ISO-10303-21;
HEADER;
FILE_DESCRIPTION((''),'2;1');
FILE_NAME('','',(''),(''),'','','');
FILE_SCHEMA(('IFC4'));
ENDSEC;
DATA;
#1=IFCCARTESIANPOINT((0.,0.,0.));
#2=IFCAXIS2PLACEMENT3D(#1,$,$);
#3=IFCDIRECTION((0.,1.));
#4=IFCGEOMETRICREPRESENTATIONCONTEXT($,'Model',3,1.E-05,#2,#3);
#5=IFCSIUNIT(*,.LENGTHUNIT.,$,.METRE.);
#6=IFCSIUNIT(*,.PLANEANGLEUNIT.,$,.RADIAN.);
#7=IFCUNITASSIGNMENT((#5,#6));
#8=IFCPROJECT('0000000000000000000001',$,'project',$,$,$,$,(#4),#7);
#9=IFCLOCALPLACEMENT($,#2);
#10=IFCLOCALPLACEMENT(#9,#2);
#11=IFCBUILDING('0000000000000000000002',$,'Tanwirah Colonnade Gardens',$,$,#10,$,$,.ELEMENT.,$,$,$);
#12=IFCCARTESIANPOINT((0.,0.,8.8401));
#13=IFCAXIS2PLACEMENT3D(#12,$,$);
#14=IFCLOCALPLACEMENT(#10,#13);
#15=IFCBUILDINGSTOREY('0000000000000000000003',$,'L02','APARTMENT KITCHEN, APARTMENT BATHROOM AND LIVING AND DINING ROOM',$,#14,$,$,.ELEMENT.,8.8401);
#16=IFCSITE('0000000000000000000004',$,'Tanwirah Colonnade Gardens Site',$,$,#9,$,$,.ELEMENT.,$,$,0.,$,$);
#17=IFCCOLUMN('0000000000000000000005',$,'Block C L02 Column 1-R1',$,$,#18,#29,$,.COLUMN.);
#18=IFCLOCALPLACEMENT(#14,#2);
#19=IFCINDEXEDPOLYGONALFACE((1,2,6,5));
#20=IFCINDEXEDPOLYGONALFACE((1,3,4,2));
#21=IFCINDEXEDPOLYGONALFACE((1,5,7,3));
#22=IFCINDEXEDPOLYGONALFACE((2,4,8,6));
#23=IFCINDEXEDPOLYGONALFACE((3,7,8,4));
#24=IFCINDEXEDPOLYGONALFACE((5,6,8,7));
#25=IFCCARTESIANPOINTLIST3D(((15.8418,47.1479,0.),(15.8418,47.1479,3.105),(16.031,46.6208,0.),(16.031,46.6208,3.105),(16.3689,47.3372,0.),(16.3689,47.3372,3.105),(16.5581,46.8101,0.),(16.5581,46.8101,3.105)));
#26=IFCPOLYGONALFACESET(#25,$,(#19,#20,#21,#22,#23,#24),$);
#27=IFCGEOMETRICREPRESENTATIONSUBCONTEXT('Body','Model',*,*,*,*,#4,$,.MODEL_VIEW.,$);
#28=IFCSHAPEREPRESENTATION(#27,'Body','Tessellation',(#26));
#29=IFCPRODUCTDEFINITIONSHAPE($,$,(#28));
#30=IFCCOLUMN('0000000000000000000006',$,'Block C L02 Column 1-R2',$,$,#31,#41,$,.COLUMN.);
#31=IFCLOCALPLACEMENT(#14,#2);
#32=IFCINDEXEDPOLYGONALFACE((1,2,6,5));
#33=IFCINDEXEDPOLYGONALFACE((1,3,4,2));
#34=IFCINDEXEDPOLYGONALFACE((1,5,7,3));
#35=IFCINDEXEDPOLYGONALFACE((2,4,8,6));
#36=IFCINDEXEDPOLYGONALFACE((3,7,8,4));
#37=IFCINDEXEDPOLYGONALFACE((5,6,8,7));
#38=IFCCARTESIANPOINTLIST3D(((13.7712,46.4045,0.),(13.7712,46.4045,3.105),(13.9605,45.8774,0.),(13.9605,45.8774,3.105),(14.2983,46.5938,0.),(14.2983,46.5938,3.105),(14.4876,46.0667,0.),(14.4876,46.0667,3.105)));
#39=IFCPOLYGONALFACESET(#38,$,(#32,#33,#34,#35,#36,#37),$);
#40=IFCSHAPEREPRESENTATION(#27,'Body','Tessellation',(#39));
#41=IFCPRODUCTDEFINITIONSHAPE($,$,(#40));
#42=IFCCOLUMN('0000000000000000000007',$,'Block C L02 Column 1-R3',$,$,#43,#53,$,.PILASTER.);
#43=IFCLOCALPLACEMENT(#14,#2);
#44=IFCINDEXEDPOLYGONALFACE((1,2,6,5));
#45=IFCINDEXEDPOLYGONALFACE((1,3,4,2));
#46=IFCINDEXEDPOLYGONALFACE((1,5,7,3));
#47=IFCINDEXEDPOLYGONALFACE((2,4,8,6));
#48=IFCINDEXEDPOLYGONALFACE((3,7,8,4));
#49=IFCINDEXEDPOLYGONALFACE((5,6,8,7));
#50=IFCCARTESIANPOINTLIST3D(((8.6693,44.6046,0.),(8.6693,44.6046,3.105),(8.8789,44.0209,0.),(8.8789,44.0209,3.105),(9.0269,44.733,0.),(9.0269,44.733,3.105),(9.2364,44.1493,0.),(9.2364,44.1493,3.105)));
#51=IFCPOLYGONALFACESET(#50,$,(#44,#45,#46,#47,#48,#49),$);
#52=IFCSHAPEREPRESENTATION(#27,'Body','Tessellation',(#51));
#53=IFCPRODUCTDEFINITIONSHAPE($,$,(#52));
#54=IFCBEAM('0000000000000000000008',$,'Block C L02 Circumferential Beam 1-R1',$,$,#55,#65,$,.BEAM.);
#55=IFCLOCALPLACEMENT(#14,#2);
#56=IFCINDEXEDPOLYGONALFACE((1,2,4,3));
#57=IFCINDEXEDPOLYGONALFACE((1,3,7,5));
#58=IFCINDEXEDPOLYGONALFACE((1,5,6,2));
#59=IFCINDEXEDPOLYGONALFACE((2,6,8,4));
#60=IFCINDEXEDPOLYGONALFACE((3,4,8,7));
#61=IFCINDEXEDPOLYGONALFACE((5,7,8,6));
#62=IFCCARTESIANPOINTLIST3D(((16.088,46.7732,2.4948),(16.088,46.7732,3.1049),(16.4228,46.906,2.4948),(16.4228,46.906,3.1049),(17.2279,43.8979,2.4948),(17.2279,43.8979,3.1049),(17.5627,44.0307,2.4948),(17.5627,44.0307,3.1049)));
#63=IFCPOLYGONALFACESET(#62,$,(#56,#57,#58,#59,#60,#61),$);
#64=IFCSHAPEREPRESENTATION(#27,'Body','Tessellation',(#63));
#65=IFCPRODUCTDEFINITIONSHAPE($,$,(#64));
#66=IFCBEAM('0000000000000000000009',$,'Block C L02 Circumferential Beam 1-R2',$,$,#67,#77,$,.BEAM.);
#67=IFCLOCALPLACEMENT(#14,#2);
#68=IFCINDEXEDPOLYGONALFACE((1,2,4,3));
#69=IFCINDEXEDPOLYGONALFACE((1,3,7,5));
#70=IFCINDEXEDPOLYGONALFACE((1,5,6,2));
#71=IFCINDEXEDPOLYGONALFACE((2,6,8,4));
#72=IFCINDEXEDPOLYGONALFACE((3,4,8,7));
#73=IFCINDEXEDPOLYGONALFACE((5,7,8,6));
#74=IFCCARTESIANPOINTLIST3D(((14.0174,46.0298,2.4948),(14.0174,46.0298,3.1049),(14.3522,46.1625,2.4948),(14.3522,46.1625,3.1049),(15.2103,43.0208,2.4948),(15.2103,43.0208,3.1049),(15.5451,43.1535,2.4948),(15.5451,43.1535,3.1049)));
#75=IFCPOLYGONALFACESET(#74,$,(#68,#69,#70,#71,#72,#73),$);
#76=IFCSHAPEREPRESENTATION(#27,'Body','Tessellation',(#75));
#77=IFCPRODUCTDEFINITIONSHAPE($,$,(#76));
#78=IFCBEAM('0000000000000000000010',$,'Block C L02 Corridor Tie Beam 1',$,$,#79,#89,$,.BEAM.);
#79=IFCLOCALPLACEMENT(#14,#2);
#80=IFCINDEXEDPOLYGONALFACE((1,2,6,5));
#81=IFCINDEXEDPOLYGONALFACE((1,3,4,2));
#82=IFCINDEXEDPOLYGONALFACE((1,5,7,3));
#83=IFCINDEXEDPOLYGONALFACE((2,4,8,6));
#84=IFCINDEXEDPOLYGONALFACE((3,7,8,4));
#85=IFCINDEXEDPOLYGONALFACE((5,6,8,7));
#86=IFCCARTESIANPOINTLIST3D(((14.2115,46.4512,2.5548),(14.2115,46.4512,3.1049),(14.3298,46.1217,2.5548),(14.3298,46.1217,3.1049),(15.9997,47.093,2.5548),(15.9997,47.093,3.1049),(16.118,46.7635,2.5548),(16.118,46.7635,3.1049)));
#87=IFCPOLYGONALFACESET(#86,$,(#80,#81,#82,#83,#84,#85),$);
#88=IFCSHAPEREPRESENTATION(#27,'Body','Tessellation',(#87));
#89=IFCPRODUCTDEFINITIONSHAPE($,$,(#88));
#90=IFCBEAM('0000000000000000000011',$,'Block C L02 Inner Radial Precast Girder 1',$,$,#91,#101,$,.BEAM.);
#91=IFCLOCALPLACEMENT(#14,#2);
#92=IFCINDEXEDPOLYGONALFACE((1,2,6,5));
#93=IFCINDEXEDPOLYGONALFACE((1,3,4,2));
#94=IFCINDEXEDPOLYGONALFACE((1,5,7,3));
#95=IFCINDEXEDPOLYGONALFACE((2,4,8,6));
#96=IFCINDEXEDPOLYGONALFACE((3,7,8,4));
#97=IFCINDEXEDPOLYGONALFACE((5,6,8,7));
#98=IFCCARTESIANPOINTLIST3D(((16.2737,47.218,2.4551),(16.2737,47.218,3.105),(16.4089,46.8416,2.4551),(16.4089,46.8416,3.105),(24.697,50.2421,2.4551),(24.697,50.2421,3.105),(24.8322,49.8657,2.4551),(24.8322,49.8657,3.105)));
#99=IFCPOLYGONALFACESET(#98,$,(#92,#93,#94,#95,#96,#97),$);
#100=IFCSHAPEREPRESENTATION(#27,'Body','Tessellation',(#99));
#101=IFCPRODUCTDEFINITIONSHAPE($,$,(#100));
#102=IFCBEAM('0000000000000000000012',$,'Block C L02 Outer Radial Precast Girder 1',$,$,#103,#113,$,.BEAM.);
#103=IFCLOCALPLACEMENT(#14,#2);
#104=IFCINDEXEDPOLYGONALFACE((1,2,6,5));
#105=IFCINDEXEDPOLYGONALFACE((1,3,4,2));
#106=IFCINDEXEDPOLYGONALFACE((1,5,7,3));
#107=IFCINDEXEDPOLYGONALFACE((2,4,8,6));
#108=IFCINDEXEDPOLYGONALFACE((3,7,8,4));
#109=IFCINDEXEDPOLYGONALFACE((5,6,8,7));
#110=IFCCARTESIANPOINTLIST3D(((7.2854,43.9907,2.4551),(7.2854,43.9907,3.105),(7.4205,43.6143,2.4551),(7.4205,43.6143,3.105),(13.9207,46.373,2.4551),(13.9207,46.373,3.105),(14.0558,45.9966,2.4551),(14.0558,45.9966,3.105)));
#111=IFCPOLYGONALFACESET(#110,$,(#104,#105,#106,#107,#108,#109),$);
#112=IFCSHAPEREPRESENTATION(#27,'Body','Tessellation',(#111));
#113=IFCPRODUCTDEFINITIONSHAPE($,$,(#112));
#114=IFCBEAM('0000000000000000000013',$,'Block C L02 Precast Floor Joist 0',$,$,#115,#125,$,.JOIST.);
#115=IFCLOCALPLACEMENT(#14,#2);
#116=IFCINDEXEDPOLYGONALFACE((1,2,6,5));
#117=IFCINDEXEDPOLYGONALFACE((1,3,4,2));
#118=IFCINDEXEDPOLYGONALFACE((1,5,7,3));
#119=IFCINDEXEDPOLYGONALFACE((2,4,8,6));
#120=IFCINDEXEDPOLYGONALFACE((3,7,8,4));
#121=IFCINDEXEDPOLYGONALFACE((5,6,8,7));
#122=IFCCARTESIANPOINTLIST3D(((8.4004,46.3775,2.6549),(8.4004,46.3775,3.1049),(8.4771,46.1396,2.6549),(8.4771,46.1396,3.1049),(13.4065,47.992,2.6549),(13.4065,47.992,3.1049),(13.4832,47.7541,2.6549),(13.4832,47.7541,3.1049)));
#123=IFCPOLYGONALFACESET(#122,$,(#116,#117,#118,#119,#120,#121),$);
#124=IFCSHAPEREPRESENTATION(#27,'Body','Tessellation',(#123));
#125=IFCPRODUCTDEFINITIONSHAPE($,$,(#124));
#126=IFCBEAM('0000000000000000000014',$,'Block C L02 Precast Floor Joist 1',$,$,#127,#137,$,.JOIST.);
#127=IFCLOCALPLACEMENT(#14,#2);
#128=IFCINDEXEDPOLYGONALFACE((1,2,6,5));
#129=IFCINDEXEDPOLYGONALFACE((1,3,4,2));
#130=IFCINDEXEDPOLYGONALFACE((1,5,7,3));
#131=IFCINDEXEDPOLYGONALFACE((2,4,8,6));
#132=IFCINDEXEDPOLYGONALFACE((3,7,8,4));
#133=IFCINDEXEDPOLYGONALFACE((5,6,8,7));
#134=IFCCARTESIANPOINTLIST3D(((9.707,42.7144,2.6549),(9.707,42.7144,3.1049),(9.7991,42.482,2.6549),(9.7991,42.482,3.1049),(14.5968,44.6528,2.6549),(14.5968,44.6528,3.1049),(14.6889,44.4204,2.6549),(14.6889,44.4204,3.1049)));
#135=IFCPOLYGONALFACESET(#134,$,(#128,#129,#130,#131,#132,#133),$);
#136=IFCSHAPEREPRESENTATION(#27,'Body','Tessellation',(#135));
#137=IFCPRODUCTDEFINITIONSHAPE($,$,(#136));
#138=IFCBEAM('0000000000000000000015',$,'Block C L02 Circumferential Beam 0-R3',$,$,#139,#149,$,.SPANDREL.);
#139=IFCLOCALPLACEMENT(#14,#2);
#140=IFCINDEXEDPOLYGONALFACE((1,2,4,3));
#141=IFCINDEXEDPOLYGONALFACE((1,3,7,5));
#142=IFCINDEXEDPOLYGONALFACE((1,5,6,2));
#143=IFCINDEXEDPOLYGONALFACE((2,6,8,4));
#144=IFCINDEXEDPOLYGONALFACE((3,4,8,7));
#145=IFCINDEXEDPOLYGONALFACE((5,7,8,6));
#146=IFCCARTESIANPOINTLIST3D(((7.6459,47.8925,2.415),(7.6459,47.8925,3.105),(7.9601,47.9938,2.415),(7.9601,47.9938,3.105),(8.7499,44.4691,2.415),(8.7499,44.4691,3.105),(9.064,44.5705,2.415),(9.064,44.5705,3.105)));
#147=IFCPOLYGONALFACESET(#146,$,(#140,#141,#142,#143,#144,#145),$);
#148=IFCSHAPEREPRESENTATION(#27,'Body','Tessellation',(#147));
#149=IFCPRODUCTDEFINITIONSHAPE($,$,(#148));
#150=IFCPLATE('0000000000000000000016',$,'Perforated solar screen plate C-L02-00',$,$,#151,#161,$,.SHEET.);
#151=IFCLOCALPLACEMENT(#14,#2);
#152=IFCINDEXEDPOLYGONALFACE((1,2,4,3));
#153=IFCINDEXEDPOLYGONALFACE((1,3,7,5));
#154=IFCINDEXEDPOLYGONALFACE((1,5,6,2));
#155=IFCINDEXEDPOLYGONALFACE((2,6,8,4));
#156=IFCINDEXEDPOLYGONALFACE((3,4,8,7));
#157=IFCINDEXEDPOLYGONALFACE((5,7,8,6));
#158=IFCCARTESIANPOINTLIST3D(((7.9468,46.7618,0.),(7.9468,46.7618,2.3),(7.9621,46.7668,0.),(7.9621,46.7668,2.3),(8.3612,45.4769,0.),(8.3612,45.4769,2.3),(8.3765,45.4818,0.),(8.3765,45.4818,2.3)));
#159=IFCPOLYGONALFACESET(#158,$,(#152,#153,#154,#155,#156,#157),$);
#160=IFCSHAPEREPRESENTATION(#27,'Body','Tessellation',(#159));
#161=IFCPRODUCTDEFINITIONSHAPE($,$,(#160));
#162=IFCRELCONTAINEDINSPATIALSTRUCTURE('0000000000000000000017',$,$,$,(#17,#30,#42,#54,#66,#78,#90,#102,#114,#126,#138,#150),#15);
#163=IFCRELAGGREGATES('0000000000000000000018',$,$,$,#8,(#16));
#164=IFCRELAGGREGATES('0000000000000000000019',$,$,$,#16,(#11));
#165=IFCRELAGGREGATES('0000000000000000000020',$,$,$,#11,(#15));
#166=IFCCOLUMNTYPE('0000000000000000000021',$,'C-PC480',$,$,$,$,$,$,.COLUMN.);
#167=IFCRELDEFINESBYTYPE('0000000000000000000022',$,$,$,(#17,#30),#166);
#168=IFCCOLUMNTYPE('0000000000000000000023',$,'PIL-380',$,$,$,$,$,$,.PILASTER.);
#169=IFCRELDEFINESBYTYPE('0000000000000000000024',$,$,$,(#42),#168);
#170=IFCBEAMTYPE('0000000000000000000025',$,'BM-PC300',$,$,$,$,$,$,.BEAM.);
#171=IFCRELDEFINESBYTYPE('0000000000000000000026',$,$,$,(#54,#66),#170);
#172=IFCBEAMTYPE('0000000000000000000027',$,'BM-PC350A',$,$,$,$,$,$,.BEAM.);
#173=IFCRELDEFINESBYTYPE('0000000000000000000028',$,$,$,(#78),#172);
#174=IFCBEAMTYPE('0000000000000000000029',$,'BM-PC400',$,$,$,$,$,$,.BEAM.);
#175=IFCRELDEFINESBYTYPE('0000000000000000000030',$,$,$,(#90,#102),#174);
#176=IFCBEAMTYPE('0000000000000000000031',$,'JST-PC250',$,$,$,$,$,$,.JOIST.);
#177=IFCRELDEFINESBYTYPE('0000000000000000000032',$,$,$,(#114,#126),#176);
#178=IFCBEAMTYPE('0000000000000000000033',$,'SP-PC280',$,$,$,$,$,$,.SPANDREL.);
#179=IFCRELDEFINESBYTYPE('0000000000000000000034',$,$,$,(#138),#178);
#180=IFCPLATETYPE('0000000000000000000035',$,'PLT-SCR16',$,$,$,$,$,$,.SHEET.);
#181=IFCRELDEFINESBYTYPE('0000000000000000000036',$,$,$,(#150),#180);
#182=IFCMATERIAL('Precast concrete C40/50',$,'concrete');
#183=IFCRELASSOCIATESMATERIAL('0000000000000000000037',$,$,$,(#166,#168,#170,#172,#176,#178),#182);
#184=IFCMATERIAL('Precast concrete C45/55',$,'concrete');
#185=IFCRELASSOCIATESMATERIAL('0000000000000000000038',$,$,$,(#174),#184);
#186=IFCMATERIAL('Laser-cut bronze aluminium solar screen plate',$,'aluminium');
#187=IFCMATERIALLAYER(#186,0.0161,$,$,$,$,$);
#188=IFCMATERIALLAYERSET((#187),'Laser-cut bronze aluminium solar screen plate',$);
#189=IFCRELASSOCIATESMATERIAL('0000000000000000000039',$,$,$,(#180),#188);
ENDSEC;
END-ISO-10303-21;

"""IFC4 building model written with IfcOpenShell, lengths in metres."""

from ifc_helpers import new_model, si_unit, direction, frame, origin, origin_2d, place, context, subcontext, project, spatial, rectangle, extrude, material, layer, layer_set, material_profile, profile_set, type_object, element, save


model = new_model("IFC4")

# Units and contexts
model_context = context("Model", 3, precision=1e-05, world=origin(), true_north=direction((0.0, 1.0)))
body_context = subcontext(model_context, "Body", "Model", "MODEL_VIEW")
ifc_project = project(units=[si_unit("LENGTHUNIT", "METRE"), si_unit("PLANEANGLEUNIT", "RADIAN")], contexts=[model_context])

# Site, building, storey
site_placement = place(None, origin())
site = spatial("IfcSite", under=ifc_project, at=site_placement, Name="Tanwirah Colonnade Gardens Site", CompositionType="ELEMENT", RefElevation=0.0)
building_placement = place(site_placement, origin())
building = spatial("IfcBuilding", under=site, at=building_placement, Name="Tanwirah Colonnade Gardens", CompositionType="ELEMENT")
storey_placement = place(building_placement, frame((0.0, 0.0, 8.8401)))
storey = spatial("IfcBuildingStorey", under=building, at=storey_placement, Name="L02", Description="APARTMENT KITCHEN, APARTMENT BATHROOM AND LIVING AND DINING ROOM", CompositionType="ELEMENT", Elevation=8.8401)

# Columns
ifc_material_1 = material(Name="Precast concrete C40/50", Category="concrete")
ifc_material_profile_1 = material_profile(ifc_material_1, rectangle(XDim=0.5601, YDim=0.5601, at=origin_2d()), Name="PC-COL 560x560")
ifc_profile_set_1 = profile_set([ifc_material_profile_1], Name="Precast concrete C40/50")
column_type_1 = type_object("IfcColumnType", Name="C-PC480", PredefinedType="COLUMN", material=ifc_profile_set_1)
for number, where, z_axis, x_axis, name in (
    (1, (16.2, 46.979, 0.0), (0.0, 0.0, 1.0), (-0.941176, -0.337917, 0.0), "Block C L02 Column 1-R1"),
    (2, (14.1294, 46.2356, 0.0), (0.0, 0.0, 1.0), (-0.941176, -0.337917, 0.0), "Block C L02 Column 1-R2"),
):
    element("IfcColumn", number, at=place(storey_placement, frame(where, z_axis=z_axis, x_axis=x_axis)), inside=storey, type_object=column_type_1, Name=name, PredefinedType="COLUMN", context=body_context, shape_type="SweptSolid", body=[
        extrude(rectangle(XDim=0.5601, YDim=0.5601, at=origin_2d()), origin(), (0.0, 0.0, 1.0), 3.105),
    ])
ifc_material_profile_2 = material_profile(ifc_material_1, rectangle(XDim=0.3799, YDim=0.6201, at=origin_2d()), Name="PC-PIL 380x620")
ifc_profile_set_2 = profile_set([ifc_material_profile_2], Name="Precast concrete C40/50")
column_type_2 = type_object("IfcColumnType", Name="PIL-380", PredefinedType="PILASTER", material=ifc_profile_set_2)
column_placement = place(storey_placement, frame((8.9529, 44.377, 0.0), z_axis=(0.0, 0.0, 1.0), x_axis=(-0.941176, -0.337917, 0.0)))
element("IfcColumn", 3, at=column_placement, inside=storey, type_object=column_type_2, Name="Block C L02 Column 1-R3", PredefinedType="PILASTER", context=body_context, shape_type="SweptSolid", body=[
    extrude(rectangle(XDim=0.3799, YDim=0.6201, at=origin_2d()), origin(), (0.0, 0.0, 1.0), 3.105),
])

# Beams
ifc_material_profile_3 = material_profile(ifc_material_1, rectangle(XDim=0.3601, YDim=0.6101, at=origin_2d()), Name="PC-BM 360x610")
ifc_profile_set_3 = profile_set([ifc_material_profile_3], Name="Precast concrete C40/50")
beam_type_1 = type_object("IfcBeamType", Name="BM-PC300", PredefinedType="BEAM", material=ifc_profile_set_3)
beam_1_placement = place(storey_placement, frame((16.2554, 46.8396, 2.7998), z_axis=(0.368545, -0.92961, 0.0), x_axis=(0.92961, 0.368545, 0.0)))
element("IfcBeam", 4, at=beam_1_placement, inside=storey, type_object=beam_type_1, Name="Block C L02 Circumferential Beam 1-R1", PredefinedType="BEAM", context=body_context, shape_type="SweptSolid", body=[
    extrude(rectangle(XDim=0.3601, YDim=0.6101, at=origin_2d()), origin(), (0.0, 0.0, 1.0), 3.093),
])
beam_2_placement = place(storey_placement, frame((14.1848, 46.0962, 2.7998), z_axis=(0.368528, -0.929617, 0.0), x_axis=(0.929617, 0.368528, 0.0)))
element("IfcBeam", 5, at=beam_2_placement, inside=storey, type_object=beam_type_1, Name="Block C L02 Circumferential Beam 1-R2", PredefinedType="BEAM", context=body_context, shape_type="SweptSolid", body=[
    extrude(rectangle(XDim=0.3601, YDim=0.6101, at=origin_2d()), origin(), (0.0, 0.0, 1.0), 3.2368),
])
ifc_material_profile_4 = material_profile(ifc_material_1, rectangle(XDim=0.3501, YDim=0.55, at=origin_2d()), Name="PC-BM 350x550")
ifc_profile_set_4 = profile_set([ifc_material_profile_4], Name="Precast concrete C40/50")
beam_type_2 = type_object("IfcBeamType", Name="BM-PC350A", PredefinedType="BEAM", material=ifc_profile_set_4)
beam_3_placement = place(storey_placement, frame((16.0588, 46.9282, 2.8298), z_axis=(-0.941215, -0.337809, 0.0), x_axis=(0.337809, -0.941215, 0.0)))
element("IfcBeam", 6, at=beam_3_placement, inside=storey, type_object=beam_type_2, Name="Block C L02 Corridor Tie Beam 1", PredefinedType="BEAM", context=body_context, shape_type="SweptSolid", body=[
    extrude(rectangle(XDim=0.3501, YDim=0.55, at=origin_2d()), origin(), (0.0, 0.0, 1.0), 1.8999),
])
ifc_material_2 = material(Name="Precast concrete C45/55", Category="concrete")
ifc_material_profile_5 = material_profile(ifc_material_2, rectangle(XDim=0.3999, YDim=0.6499, at=origin_2d()), Name="PC-BM 400x650")
ifc_profile_set_5 = profile_set([ifc_material_profile_5], Name="Precast concrete C45/55")
beam_type_3 = type_object("IfcBeamType", Name="BM-PC400", PredefinedType="BEAM", material=ifc_profile_set_5)
beam_4_placement = place(storey_placement, frame((16.3413, 47.0298, 2.78), z_axis=(0.94118, 0.337905, 0.0), x_axis=(-0.337905, 0.94118, 0.0)))
element("IfcBeam", 7, at=beam_4_placement, inside=storey, type_object=beam_type_3, Name="Block C L02 Inner Radial Precast Girder 1", PredefinedType="BEAM", context=body_context, shape_type="SweptSolid", body=[
    extrude(rectangle(XDim=0.3999, YDim=0.6499, at=origin_2d()), origin(), (0.0, 0.0, 1.0), 8.9497),
])
beam_5_placement = place(storey_placement, frame((13.9883, 46.1848, 2.78), z_axis=(-0.941175, -0.33792, 0.0), x_axis=(0.33792, -0.941175, 0.0)))
element("IfcBeam", 8, at=beam_5_placement, inside=storey, type_object=beam_type_3, Name="Block C L02 Outer Radial Precast Girder 1", PredefinedType="BEAM", context=body_context, shape_type="SweptSolid", body=[
    extrude(rectangle(XDim=0.3999, YDim=0.6499, at=origin_2d()), origin(), (0.0, 0.0, 1.0), 7.05),
])
ifc_material_profile_6 = material_profile(ifc_material_1, rectangle(XDim=0.25, YDim=0.45, at=origin_2d()), Name="PC-JST 250x450")
ifc_profile_set_6 = profile_set([ifc_material_profile_6], Name="Precast concrete C40/50")
beam_type_4 = type_object("IfcBeamType", Name="JST-PC250", PredefinedType="JOIST", material=ifc_profile_set_6)
for number, where, z_axis, x_axis, name in (
    (9, (13.4448, 47.873, 2.8799), (-0.951729, -0.306939, 0.0), (0.306939, -0.951729, 0.0), "Block C L02 Precast Floor Joist 0"),
    (10, (14.6428, 44.5366, 2.8799), (-0.929618, -0.368524, 0.0), (0.368524, -0.929618, 0.0), "Block C L02 Precast Floor Joist 1"),
):
    element("IfcBeam", number, at=place(storey_placement, frame(where, z_axis=z_axis, x_axis=x_axis)), inside=storey, type_object=beam_type_4, Name=name, PredefinedType="JOIST", context=body_context, shape_type="SweptSolid", body=[
        extrude(rectangle(XDim=0.25, YDim=0.45, at=origin_2d()), origin(), (0.0, 0.0, 1.0), 5.26),
    ])
ifc_material_profile_7 = material_profile(ifc_material_1, rectangle(XDim=0.3301, YDim=0.6899, at=origin_2d()), Name="PC-SP 330x690")
ifc_profile_set_7 = profile_set([ifc_material_profile_7], Name="Precast concrete C40/50")
beam_type_5 = type_object("IfcBeamType", Name="SP-PC280", PredefinedType="SPANDREL", material=ifc_profile_set_7)
beam_6_placement = place(storey_placement, frame((7.803, 47.9431, 2.76), z_axis=(0.306927, -0.951733, 0.0), x_axis=(0.951733, 0.306927, 0.0)))
element("IfcBeam", 11, at=beam_6_placement, inside=storey, type_object=beam_type_5, Name="Block C L02 Circumferential Beam 0-R3", PredefinedType="SPANDREL", context=body_context, shape_type="SweptSolid", body=[
    extrude(rectangle(XDim=0.3301, YDim=0.6899, at=origin_2d()), origin(), (0.0, 0.0, 1.0), 3.5969),
])

# Plate
ifc_material_3 = material(Name="Laser-cut bronze aluminium solar screen plate", Category="aluminium")
ifc_layer_1 = layer(ifc_material_3, 0.0161)
ifc_layer_set_1 = layer_set([ifc_layer_1], Name="Laser-cut bronze aluminium solar screen plate")
plate_type = type_object("IfcPlateType", Name="PLT-SCR16", PredefinedType="SHEET", material=ifc_layer_set_1)
plate_placement = place(storey_placement, frame((8.1616, 46.1218, 0.0), z_axis=(0.0, 0.0, 1.0), x_axis=(0.306943, -0.951728, 0.0)))
element("IfcPlate", 12, at=plate_placement, inside=storey, type_object=plate_type, Name="Perforated solar screen plate C-L02-00", PredefinedType="SHEET", context=body_context, shape_type="SweptSolid", body=[
    extrude(rectangle(XDim=1.3501, YDim=0.0161, at=origin_2d()), origin(), (0.0, 0.0, 1.0), 2.3),
])

save(model, "model.ifc")
